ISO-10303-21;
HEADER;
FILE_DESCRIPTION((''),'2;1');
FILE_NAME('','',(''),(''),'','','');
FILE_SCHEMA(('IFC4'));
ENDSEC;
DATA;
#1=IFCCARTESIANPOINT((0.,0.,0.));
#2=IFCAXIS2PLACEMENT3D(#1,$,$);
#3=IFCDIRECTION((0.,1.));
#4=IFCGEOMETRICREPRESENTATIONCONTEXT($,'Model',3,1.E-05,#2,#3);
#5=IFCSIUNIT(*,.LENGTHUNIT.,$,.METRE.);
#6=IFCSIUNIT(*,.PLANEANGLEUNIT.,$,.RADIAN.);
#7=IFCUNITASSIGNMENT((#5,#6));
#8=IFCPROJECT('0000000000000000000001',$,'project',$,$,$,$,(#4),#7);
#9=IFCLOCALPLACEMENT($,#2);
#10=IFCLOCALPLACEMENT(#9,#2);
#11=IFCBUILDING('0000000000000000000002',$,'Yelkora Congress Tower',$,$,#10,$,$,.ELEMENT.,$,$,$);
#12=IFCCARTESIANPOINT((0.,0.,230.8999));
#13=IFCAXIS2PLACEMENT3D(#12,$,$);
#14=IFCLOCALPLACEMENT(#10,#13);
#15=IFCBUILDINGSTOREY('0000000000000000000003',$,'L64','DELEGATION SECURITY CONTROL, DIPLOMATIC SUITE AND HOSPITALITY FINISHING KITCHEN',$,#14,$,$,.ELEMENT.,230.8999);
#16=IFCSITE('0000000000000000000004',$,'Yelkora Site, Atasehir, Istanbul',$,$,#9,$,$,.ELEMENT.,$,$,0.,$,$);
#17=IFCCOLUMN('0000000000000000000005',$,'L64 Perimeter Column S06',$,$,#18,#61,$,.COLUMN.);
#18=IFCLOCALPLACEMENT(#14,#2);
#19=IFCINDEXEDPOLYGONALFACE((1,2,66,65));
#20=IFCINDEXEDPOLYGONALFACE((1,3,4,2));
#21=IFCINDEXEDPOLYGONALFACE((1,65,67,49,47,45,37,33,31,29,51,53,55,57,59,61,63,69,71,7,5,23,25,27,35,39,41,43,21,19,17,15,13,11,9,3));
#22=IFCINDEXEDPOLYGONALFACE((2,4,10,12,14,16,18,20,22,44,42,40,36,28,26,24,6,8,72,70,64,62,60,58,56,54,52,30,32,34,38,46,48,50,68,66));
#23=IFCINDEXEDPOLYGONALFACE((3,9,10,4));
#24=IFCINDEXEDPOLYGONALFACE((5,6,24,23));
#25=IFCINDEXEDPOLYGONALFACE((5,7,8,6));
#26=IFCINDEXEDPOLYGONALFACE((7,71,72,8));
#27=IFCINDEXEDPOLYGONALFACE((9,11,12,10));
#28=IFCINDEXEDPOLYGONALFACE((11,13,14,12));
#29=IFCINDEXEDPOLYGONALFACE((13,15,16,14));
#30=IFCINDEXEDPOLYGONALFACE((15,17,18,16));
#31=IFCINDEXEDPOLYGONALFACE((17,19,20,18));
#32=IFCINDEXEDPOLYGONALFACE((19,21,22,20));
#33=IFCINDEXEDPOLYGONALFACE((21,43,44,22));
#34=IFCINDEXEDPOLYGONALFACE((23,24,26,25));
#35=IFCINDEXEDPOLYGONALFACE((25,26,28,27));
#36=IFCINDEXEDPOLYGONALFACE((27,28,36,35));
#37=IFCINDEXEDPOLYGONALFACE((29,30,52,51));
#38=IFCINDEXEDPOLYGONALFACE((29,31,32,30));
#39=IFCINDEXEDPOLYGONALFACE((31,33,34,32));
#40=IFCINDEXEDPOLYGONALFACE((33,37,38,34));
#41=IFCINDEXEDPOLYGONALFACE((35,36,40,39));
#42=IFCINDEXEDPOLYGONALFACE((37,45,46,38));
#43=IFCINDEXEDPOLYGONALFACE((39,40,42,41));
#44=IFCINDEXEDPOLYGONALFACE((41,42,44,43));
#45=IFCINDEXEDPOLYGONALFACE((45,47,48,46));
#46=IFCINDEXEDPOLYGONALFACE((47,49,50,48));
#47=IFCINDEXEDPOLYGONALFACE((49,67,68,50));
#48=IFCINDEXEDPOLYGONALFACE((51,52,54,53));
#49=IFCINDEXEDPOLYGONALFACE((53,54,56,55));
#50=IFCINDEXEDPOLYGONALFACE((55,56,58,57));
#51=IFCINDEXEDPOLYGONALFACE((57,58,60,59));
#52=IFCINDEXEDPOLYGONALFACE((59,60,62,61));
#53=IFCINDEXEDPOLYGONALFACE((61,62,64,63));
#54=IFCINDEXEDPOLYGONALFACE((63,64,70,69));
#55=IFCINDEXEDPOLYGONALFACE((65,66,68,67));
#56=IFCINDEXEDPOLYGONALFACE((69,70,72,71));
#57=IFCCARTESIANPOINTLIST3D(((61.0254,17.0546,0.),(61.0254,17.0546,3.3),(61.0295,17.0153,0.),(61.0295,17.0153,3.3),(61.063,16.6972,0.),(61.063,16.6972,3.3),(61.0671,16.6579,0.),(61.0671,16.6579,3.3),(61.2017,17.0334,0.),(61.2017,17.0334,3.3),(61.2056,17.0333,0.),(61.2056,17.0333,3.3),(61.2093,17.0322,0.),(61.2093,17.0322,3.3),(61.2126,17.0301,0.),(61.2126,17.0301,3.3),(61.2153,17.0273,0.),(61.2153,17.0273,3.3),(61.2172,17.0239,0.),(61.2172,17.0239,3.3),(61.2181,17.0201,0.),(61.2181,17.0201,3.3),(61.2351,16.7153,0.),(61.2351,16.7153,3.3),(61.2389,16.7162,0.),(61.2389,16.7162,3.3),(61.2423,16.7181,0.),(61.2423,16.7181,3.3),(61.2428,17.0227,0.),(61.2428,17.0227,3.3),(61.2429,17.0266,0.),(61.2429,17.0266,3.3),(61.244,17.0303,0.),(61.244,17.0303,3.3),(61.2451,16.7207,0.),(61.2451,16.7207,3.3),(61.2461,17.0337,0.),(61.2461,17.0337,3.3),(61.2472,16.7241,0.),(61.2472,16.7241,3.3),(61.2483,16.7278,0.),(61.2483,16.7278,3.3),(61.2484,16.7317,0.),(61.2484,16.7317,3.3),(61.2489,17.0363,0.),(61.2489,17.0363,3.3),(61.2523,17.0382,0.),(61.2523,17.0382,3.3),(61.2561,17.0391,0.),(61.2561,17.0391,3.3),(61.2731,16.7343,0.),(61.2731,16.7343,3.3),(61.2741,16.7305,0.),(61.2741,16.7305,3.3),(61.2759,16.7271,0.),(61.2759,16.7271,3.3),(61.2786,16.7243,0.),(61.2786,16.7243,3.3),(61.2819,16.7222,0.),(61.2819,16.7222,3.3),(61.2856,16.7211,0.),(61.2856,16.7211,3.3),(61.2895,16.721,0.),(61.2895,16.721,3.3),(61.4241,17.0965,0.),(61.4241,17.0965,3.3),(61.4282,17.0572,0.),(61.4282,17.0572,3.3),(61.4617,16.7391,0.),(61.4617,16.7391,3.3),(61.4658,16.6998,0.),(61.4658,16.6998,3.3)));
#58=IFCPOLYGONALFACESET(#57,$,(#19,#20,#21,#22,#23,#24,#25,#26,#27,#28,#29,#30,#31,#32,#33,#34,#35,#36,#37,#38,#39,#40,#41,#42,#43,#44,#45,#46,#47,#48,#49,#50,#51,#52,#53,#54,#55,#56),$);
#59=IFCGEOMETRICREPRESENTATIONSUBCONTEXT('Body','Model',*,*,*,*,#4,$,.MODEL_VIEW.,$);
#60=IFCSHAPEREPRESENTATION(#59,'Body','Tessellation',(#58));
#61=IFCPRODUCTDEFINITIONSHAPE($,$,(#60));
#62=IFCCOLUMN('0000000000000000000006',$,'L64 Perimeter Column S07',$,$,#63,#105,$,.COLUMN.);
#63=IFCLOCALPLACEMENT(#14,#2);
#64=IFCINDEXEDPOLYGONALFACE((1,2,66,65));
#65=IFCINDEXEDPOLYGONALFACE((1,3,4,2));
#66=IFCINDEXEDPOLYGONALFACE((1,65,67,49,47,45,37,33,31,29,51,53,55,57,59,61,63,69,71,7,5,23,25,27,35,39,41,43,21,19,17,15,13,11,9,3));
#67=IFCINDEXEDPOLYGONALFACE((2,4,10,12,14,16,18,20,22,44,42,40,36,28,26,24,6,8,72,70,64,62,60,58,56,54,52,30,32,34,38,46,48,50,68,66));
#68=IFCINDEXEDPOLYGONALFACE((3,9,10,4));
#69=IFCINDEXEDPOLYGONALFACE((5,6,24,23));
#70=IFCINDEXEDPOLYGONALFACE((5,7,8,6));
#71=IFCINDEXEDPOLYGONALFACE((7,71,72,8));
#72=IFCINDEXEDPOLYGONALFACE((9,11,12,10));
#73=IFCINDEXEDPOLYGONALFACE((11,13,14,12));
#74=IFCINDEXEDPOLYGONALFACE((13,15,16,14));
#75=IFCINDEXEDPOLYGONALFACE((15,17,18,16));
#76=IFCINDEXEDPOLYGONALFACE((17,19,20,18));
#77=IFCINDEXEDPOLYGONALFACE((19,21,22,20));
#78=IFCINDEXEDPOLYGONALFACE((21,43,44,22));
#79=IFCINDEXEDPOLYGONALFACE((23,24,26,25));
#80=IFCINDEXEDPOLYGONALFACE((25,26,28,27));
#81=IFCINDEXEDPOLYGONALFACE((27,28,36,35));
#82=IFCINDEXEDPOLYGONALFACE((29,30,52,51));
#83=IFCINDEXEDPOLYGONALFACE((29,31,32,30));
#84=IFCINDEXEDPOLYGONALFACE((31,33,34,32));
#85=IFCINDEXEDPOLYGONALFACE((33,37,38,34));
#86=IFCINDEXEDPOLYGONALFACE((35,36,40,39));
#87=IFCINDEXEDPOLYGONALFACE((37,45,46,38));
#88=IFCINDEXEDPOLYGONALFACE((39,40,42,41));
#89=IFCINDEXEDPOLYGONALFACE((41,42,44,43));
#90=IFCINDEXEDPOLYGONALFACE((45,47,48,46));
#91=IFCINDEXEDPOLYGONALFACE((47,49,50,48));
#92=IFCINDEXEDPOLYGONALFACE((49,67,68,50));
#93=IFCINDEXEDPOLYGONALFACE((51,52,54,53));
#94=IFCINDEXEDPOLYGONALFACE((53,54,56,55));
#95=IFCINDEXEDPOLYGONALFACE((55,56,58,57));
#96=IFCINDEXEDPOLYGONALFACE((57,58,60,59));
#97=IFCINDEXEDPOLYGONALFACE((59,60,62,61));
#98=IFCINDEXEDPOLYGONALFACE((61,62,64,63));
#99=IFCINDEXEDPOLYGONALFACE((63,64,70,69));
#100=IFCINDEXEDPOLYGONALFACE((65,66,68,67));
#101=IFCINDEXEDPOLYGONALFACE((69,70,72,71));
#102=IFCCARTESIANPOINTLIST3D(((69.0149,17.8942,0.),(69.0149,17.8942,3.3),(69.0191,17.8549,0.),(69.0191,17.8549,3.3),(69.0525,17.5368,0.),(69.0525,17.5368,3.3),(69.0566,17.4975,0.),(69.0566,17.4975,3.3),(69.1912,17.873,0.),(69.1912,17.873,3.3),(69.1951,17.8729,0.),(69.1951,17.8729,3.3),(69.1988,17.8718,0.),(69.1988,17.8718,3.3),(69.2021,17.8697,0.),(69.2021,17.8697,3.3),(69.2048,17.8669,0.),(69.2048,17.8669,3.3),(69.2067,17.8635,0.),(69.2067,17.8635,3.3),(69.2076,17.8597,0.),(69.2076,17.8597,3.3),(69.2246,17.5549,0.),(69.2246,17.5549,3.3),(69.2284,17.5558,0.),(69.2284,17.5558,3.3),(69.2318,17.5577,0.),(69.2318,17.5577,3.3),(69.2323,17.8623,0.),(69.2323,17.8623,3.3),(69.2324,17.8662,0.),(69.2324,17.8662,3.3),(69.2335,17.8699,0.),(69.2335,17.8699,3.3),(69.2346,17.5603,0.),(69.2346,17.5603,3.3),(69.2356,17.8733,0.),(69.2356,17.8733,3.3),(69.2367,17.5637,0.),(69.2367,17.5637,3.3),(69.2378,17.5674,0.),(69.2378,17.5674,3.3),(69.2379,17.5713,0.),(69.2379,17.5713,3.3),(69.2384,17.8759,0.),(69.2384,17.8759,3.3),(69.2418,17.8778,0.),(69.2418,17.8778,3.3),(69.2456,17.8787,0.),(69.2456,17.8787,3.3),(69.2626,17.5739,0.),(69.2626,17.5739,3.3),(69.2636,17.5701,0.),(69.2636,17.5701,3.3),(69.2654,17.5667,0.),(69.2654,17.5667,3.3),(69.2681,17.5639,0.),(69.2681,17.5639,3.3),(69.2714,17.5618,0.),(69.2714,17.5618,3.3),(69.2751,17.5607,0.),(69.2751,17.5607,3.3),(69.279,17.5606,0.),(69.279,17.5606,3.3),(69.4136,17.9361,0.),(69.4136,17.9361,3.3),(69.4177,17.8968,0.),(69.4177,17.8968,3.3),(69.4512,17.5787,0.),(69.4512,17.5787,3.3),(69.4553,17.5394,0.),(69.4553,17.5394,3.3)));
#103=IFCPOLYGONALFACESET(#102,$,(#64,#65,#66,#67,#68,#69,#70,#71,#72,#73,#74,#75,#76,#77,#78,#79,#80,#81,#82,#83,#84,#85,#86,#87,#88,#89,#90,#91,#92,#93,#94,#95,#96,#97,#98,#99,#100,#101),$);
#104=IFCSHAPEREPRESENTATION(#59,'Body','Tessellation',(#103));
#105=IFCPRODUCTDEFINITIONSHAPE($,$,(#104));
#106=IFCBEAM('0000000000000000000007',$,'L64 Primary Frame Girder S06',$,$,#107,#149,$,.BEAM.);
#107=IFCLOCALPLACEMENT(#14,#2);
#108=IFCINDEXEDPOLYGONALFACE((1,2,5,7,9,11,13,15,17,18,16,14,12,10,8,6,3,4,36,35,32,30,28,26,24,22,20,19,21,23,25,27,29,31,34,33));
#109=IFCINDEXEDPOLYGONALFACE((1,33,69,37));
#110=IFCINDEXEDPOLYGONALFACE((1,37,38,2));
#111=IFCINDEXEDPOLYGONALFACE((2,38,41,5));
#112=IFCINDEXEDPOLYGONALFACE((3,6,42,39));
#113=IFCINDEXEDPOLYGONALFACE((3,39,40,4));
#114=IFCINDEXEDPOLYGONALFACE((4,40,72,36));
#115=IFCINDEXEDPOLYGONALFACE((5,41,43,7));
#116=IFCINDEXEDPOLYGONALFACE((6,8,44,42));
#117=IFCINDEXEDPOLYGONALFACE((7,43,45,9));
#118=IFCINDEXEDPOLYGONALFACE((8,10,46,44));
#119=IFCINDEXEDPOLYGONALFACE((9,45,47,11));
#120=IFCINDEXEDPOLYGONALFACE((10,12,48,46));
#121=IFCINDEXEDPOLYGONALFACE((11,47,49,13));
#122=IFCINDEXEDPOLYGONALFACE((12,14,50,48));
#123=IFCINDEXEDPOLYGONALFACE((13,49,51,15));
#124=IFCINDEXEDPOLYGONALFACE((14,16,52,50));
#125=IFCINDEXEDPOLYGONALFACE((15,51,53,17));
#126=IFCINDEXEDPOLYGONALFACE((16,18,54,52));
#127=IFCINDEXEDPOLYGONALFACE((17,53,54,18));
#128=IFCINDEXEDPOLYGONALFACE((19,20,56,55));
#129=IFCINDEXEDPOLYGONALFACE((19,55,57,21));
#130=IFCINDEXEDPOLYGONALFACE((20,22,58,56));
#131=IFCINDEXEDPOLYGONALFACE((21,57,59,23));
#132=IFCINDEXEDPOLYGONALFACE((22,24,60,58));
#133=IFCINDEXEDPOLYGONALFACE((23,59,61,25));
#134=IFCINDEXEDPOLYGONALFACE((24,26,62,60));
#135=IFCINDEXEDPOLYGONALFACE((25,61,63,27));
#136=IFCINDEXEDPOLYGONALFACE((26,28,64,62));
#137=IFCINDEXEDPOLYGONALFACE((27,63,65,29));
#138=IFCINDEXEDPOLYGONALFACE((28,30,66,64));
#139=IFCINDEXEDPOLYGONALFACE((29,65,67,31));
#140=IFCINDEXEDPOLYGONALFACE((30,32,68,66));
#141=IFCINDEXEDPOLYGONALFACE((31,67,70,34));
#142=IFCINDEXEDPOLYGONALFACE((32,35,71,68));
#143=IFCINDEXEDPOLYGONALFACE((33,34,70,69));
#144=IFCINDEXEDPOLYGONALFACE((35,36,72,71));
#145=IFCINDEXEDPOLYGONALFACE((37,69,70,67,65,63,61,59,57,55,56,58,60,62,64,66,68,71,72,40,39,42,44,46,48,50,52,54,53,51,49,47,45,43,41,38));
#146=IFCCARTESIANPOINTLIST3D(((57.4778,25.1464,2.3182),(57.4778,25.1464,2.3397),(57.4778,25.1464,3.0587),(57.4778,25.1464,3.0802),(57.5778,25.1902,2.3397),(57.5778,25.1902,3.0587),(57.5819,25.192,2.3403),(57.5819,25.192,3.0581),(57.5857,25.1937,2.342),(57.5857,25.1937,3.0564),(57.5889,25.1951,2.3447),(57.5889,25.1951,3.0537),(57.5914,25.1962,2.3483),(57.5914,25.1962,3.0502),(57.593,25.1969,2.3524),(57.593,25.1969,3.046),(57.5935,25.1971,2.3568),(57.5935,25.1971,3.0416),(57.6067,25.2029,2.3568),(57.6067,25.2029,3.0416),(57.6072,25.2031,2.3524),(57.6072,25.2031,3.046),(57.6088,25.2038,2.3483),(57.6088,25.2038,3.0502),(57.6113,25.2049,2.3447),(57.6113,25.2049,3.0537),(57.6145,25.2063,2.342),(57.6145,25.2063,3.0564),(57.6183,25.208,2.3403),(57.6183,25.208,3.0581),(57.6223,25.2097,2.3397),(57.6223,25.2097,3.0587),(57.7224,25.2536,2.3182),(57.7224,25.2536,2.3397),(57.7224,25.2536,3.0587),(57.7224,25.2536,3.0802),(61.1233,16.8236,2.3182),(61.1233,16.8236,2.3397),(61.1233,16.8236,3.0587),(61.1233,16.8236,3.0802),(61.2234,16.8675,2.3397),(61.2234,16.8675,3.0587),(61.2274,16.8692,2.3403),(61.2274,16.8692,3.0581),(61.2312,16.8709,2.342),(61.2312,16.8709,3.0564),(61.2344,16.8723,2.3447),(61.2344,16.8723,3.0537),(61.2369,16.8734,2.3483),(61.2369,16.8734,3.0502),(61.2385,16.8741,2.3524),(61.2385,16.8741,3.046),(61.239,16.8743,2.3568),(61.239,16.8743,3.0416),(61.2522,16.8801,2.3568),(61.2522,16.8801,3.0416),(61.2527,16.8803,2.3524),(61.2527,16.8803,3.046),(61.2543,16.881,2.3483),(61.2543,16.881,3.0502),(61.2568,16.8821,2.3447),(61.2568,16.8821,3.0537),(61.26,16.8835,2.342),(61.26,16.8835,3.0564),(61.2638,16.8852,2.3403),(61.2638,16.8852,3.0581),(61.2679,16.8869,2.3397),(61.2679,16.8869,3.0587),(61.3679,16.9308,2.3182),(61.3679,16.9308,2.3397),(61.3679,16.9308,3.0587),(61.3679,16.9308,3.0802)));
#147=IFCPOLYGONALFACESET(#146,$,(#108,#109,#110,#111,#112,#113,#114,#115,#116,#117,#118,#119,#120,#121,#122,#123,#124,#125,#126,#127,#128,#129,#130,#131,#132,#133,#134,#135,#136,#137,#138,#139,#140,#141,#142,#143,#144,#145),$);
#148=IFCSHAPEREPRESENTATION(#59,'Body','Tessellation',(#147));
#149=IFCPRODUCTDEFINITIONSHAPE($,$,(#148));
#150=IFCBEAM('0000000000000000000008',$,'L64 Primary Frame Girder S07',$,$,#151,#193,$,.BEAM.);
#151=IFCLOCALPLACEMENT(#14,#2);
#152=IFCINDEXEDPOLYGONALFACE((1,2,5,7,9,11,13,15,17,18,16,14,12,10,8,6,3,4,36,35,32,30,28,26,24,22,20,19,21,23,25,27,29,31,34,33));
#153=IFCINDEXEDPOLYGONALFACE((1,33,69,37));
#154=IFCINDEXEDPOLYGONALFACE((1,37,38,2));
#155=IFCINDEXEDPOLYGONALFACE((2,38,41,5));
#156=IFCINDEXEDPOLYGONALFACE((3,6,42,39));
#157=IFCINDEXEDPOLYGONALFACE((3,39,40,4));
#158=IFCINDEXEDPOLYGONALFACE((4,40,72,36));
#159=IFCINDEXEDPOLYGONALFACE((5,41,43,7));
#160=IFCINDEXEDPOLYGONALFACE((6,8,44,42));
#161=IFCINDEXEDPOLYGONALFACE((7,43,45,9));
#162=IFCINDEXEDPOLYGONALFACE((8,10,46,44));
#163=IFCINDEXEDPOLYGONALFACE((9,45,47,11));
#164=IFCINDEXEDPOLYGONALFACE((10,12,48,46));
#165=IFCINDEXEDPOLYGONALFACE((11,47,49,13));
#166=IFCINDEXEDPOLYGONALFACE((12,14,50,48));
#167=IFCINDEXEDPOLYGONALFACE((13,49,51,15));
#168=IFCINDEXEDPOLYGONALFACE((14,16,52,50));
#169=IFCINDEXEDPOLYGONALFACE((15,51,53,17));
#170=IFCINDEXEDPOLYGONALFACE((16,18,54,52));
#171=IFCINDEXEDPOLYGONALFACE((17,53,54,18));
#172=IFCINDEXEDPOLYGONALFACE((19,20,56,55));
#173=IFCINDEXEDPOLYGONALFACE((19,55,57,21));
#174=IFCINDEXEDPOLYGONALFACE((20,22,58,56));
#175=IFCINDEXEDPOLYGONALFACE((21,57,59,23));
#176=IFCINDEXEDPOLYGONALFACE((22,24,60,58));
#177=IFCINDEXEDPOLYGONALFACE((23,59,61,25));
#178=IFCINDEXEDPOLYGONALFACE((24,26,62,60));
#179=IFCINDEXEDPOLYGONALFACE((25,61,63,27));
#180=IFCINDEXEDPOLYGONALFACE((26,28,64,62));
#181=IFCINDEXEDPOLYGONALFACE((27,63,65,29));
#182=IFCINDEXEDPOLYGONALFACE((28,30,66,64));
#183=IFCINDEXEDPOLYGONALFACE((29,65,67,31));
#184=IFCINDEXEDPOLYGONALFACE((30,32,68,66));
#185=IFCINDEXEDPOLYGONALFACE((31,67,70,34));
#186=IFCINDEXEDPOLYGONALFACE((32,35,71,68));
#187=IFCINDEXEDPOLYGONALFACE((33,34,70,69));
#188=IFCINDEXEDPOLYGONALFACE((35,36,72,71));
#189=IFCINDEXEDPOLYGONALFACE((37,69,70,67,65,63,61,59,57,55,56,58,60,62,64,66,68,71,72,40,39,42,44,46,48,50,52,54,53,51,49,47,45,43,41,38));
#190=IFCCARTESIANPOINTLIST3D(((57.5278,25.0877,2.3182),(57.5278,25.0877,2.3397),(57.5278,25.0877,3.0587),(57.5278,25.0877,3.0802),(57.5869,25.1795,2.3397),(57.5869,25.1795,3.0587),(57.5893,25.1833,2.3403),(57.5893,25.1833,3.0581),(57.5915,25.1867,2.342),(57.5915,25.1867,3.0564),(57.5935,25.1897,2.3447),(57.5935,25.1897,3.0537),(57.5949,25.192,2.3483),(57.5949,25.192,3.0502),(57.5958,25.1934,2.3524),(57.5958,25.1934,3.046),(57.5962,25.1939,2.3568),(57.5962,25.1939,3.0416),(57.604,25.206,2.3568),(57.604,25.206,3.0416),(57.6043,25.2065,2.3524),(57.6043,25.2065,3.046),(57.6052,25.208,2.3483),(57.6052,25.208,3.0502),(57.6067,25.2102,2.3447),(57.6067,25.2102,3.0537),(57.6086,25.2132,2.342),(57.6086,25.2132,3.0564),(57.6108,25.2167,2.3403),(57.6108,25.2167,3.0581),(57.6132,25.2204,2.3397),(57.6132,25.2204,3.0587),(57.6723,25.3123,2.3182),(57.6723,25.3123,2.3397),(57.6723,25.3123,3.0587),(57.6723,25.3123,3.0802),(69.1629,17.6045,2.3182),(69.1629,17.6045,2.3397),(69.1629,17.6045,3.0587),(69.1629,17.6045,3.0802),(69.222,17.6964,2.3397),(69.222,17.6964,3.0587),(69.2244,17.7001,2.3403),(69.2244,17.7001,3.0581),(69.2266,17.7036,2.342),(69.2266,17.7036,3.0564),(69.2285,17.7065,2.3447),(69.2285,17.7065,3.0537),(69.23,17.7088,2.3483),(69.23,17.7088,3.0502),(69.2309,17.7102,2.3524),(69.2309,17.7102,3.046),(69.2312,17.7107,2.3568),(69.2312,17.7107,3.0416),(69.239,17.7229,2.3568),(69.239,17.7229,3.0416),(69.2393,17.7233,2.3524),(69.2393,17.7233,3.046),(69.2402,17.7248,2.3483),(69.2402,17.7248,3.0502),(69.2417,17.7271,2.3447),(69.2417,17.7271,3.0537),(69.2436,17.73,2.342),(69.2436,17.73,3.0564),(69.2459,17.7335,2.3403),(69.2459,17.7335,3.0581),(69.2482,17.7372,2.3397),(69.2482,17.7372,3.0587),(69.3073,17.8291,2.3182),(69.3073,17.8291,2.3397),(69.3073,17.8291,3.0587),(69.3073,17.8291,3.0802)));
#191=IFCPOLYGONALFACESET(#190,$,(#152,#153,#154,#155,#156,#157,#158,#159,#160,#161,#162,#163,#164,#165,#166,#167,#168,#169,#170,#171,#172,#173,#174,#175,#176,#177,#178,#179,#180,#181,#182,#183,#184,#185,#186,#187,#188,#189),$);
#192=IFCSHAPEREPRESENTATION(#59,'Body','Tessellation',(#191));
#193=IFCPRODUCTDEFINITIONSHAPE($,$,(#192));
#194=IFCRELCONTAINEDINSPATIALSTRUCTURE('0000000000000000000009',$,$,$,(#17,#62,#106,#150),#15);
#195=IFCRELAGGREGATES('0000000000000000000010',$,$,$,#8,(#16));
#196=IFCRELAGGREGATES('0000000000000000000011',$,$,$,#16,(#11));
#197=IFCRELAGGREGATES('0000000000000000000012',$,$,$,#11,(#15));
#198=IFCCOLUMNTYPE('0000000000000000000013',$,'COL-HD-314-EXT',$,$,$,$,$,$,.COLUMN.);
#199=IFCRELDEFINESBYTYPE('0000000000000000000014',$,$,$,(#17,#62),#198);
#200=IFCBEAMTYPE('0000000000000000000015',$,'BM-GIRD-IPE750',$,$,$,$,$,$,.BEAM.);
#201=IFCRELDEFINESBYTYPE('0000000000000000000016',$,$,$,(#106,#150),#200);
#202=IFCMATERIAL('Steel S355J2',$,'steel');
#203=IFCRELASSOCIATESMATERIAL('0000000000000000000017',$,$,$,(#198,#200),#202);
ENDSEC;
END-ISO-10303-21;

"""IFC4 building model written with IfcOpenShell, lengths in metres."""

from ifc_helpers import new_model, si_unit, direction, frame, origin, origin_2d, place, context, subcontext, project, spatial, i_section, extrude, material, material_profile, profile_set, type_object, element, save


model = new_model("IFC4")

# Units and contexts
model_context = context("Model", 3, precision=1e-05, world=origin(), true_north=direction((0.0, 1.0)))
body_context = subcontext(model_context, "Body", "Model", "MODEL_VIEW")
ifc_project = project(units=[si_unit("LENGTHUNIT", "METRE"), si_unit("PLANEANGLEUNIT", "RADIAN")], contexts=[model_context])

# Site, building, storey
site_placement = place(None, origin())
site = spatial("IfcSite", under=ifc_project, at=site_placement, Name="Yelkora Site, Atasehir, Istanbul", CompositionType="ELEMENT", RefElevation=0.0)
building_placement = place(site_placement, origin())
building = spatial("IfcBuilding", under=site, at=building_placement, Name="Yelkora Congress Tower", CompositionType="ELEMENT")
storey_placement = place(building_placement, frame((0.0, 0.0, 230.8999)))
storey = spatial("IfcBuildingStorey", under=building, at=storey_placement, Name="L64", Description="DELEGATION SECURITY CONTROL, DIPLOMATIC SUITE AND HOSPITALITY FINISHING KITCHEN", CompositionType="ELEMENT", Elevation=230.8999)

# Columns
ifc_material_1 = material(Name="Steel S355J2", Category="steel")
ifc_material_profile_1 = material_profile(ifc_material_1, i_section(OverallWidth=0.4009, OverallDepth=0.3989, WebThickness=0.0249, FlangeThickness=0.0396, FilletRadius=0.0149, at=origin_2d()), Name="HD 400x314")
ifc_profile_set_1 = profile_set([ifc_material_profile_1], Name="Steel S355J2")
column_type = type_object("IfcColumnType", Name="COL-HD-314-EXT", PredefinedType="COLUMN", material=ifc_profile_set_1)
for number, where, z_axis, x_axis, name in (
    (1, (61.2456, 16.8772, 0.0), (0.0, 0.0, 1.0), (0.994522, 0.104528, 0.0), "L64 Perimeter Column S06"),
    (2, (69.2351, 17.7168, 0.0), (0.0, 0.0, 1.0), (0.994522, 0.104528, 0.0), "L64 Perimeter Column S07"),
):
    element("IfcColumn", number, at=place(storey_placement, frame(where, z_axis=z_axis, x_axis=x_axis)), inside=storey, type_object=column_type, Name=name, PredefinedType="COLUMN", context=body_context, shape_type="SweptSolid", body=[
        extrude(i_section(OverallWidth=0.4009, OverallDepth=0.3989, WebThickness=0.0249, FlangeThickness=0.0396, FilletRadius=0.0149, at=origin_2d()), origin(), (0.0, 0.0, 1.0), 3.3),
    ])

# Beams
ifc_material_profile_2 = material_profile(ifc_material_1, i_section(OverallWidth=0.2671, OverallDepth=0.762, WebThickness=0.0144, FlangeThickness=0.0215, FilletRadius=0.0171, at=origin_2d()), Name="IPE 750x173")
ifc_profile_set_2 = profile_set([ifc_material_profile_2], Name="Steel S355J2")
beam_type_1 = type_object("IfcBeamType", Name="BM-GIRD-IPE750", PredefinedType="BEAM", material=ifc_profile_set_2)
beam_1_placement = place(storey_placement, frame((61.2456, 16.8772, 2.6992), z_axis=(-0.401216, 0.915983, 0.0), x_axis=(-0.915983, -0.401216, 0.0)))
element("IfcBeam", 3, at=beam_1_placement, inside=storey, type_object=beam_type_1, Name="L64 Primary Frame Girder S06", PredefinedType="BEAM", context=body_context, shape_type="SweptSolid", body=[
    extrude(i_section(OverallWidth=0.2671, OverallDepth=0.762, WebThickness=0.0144, FlangeThickness=0.0215, FilletRadius=0.0171, at=origin_2d()), origin(), (0.0, 0.0, 1.0), 9.0862),
])
beam_2_placement = place(storey_placement, frame((69.2351, 17.7168, 2.6992), z_axis=(-0.841063, 0.540937, 0.0), x_axis=(-0.540937, -0.841063, 0.0)))
element("IfcBeam", 4, at=beam_2_placement, inside=storey, type_object=beam_type_1, Name="L64 Primary Frame Girder S07", PredefinedType="BEAM", context=body_context, shape_type="SweptSolid", body=[
    extrude(i_section(OverallWidth=0.2671, OverallDepth=0.762, WebThickness=0.0144, FlangeThickness=0.0215, FilletRadius=0.0171, at=origin_2d()), origin(), (0.0, 0.0, 1.0), 13.8337),
])

save(model, "model.ifc")
